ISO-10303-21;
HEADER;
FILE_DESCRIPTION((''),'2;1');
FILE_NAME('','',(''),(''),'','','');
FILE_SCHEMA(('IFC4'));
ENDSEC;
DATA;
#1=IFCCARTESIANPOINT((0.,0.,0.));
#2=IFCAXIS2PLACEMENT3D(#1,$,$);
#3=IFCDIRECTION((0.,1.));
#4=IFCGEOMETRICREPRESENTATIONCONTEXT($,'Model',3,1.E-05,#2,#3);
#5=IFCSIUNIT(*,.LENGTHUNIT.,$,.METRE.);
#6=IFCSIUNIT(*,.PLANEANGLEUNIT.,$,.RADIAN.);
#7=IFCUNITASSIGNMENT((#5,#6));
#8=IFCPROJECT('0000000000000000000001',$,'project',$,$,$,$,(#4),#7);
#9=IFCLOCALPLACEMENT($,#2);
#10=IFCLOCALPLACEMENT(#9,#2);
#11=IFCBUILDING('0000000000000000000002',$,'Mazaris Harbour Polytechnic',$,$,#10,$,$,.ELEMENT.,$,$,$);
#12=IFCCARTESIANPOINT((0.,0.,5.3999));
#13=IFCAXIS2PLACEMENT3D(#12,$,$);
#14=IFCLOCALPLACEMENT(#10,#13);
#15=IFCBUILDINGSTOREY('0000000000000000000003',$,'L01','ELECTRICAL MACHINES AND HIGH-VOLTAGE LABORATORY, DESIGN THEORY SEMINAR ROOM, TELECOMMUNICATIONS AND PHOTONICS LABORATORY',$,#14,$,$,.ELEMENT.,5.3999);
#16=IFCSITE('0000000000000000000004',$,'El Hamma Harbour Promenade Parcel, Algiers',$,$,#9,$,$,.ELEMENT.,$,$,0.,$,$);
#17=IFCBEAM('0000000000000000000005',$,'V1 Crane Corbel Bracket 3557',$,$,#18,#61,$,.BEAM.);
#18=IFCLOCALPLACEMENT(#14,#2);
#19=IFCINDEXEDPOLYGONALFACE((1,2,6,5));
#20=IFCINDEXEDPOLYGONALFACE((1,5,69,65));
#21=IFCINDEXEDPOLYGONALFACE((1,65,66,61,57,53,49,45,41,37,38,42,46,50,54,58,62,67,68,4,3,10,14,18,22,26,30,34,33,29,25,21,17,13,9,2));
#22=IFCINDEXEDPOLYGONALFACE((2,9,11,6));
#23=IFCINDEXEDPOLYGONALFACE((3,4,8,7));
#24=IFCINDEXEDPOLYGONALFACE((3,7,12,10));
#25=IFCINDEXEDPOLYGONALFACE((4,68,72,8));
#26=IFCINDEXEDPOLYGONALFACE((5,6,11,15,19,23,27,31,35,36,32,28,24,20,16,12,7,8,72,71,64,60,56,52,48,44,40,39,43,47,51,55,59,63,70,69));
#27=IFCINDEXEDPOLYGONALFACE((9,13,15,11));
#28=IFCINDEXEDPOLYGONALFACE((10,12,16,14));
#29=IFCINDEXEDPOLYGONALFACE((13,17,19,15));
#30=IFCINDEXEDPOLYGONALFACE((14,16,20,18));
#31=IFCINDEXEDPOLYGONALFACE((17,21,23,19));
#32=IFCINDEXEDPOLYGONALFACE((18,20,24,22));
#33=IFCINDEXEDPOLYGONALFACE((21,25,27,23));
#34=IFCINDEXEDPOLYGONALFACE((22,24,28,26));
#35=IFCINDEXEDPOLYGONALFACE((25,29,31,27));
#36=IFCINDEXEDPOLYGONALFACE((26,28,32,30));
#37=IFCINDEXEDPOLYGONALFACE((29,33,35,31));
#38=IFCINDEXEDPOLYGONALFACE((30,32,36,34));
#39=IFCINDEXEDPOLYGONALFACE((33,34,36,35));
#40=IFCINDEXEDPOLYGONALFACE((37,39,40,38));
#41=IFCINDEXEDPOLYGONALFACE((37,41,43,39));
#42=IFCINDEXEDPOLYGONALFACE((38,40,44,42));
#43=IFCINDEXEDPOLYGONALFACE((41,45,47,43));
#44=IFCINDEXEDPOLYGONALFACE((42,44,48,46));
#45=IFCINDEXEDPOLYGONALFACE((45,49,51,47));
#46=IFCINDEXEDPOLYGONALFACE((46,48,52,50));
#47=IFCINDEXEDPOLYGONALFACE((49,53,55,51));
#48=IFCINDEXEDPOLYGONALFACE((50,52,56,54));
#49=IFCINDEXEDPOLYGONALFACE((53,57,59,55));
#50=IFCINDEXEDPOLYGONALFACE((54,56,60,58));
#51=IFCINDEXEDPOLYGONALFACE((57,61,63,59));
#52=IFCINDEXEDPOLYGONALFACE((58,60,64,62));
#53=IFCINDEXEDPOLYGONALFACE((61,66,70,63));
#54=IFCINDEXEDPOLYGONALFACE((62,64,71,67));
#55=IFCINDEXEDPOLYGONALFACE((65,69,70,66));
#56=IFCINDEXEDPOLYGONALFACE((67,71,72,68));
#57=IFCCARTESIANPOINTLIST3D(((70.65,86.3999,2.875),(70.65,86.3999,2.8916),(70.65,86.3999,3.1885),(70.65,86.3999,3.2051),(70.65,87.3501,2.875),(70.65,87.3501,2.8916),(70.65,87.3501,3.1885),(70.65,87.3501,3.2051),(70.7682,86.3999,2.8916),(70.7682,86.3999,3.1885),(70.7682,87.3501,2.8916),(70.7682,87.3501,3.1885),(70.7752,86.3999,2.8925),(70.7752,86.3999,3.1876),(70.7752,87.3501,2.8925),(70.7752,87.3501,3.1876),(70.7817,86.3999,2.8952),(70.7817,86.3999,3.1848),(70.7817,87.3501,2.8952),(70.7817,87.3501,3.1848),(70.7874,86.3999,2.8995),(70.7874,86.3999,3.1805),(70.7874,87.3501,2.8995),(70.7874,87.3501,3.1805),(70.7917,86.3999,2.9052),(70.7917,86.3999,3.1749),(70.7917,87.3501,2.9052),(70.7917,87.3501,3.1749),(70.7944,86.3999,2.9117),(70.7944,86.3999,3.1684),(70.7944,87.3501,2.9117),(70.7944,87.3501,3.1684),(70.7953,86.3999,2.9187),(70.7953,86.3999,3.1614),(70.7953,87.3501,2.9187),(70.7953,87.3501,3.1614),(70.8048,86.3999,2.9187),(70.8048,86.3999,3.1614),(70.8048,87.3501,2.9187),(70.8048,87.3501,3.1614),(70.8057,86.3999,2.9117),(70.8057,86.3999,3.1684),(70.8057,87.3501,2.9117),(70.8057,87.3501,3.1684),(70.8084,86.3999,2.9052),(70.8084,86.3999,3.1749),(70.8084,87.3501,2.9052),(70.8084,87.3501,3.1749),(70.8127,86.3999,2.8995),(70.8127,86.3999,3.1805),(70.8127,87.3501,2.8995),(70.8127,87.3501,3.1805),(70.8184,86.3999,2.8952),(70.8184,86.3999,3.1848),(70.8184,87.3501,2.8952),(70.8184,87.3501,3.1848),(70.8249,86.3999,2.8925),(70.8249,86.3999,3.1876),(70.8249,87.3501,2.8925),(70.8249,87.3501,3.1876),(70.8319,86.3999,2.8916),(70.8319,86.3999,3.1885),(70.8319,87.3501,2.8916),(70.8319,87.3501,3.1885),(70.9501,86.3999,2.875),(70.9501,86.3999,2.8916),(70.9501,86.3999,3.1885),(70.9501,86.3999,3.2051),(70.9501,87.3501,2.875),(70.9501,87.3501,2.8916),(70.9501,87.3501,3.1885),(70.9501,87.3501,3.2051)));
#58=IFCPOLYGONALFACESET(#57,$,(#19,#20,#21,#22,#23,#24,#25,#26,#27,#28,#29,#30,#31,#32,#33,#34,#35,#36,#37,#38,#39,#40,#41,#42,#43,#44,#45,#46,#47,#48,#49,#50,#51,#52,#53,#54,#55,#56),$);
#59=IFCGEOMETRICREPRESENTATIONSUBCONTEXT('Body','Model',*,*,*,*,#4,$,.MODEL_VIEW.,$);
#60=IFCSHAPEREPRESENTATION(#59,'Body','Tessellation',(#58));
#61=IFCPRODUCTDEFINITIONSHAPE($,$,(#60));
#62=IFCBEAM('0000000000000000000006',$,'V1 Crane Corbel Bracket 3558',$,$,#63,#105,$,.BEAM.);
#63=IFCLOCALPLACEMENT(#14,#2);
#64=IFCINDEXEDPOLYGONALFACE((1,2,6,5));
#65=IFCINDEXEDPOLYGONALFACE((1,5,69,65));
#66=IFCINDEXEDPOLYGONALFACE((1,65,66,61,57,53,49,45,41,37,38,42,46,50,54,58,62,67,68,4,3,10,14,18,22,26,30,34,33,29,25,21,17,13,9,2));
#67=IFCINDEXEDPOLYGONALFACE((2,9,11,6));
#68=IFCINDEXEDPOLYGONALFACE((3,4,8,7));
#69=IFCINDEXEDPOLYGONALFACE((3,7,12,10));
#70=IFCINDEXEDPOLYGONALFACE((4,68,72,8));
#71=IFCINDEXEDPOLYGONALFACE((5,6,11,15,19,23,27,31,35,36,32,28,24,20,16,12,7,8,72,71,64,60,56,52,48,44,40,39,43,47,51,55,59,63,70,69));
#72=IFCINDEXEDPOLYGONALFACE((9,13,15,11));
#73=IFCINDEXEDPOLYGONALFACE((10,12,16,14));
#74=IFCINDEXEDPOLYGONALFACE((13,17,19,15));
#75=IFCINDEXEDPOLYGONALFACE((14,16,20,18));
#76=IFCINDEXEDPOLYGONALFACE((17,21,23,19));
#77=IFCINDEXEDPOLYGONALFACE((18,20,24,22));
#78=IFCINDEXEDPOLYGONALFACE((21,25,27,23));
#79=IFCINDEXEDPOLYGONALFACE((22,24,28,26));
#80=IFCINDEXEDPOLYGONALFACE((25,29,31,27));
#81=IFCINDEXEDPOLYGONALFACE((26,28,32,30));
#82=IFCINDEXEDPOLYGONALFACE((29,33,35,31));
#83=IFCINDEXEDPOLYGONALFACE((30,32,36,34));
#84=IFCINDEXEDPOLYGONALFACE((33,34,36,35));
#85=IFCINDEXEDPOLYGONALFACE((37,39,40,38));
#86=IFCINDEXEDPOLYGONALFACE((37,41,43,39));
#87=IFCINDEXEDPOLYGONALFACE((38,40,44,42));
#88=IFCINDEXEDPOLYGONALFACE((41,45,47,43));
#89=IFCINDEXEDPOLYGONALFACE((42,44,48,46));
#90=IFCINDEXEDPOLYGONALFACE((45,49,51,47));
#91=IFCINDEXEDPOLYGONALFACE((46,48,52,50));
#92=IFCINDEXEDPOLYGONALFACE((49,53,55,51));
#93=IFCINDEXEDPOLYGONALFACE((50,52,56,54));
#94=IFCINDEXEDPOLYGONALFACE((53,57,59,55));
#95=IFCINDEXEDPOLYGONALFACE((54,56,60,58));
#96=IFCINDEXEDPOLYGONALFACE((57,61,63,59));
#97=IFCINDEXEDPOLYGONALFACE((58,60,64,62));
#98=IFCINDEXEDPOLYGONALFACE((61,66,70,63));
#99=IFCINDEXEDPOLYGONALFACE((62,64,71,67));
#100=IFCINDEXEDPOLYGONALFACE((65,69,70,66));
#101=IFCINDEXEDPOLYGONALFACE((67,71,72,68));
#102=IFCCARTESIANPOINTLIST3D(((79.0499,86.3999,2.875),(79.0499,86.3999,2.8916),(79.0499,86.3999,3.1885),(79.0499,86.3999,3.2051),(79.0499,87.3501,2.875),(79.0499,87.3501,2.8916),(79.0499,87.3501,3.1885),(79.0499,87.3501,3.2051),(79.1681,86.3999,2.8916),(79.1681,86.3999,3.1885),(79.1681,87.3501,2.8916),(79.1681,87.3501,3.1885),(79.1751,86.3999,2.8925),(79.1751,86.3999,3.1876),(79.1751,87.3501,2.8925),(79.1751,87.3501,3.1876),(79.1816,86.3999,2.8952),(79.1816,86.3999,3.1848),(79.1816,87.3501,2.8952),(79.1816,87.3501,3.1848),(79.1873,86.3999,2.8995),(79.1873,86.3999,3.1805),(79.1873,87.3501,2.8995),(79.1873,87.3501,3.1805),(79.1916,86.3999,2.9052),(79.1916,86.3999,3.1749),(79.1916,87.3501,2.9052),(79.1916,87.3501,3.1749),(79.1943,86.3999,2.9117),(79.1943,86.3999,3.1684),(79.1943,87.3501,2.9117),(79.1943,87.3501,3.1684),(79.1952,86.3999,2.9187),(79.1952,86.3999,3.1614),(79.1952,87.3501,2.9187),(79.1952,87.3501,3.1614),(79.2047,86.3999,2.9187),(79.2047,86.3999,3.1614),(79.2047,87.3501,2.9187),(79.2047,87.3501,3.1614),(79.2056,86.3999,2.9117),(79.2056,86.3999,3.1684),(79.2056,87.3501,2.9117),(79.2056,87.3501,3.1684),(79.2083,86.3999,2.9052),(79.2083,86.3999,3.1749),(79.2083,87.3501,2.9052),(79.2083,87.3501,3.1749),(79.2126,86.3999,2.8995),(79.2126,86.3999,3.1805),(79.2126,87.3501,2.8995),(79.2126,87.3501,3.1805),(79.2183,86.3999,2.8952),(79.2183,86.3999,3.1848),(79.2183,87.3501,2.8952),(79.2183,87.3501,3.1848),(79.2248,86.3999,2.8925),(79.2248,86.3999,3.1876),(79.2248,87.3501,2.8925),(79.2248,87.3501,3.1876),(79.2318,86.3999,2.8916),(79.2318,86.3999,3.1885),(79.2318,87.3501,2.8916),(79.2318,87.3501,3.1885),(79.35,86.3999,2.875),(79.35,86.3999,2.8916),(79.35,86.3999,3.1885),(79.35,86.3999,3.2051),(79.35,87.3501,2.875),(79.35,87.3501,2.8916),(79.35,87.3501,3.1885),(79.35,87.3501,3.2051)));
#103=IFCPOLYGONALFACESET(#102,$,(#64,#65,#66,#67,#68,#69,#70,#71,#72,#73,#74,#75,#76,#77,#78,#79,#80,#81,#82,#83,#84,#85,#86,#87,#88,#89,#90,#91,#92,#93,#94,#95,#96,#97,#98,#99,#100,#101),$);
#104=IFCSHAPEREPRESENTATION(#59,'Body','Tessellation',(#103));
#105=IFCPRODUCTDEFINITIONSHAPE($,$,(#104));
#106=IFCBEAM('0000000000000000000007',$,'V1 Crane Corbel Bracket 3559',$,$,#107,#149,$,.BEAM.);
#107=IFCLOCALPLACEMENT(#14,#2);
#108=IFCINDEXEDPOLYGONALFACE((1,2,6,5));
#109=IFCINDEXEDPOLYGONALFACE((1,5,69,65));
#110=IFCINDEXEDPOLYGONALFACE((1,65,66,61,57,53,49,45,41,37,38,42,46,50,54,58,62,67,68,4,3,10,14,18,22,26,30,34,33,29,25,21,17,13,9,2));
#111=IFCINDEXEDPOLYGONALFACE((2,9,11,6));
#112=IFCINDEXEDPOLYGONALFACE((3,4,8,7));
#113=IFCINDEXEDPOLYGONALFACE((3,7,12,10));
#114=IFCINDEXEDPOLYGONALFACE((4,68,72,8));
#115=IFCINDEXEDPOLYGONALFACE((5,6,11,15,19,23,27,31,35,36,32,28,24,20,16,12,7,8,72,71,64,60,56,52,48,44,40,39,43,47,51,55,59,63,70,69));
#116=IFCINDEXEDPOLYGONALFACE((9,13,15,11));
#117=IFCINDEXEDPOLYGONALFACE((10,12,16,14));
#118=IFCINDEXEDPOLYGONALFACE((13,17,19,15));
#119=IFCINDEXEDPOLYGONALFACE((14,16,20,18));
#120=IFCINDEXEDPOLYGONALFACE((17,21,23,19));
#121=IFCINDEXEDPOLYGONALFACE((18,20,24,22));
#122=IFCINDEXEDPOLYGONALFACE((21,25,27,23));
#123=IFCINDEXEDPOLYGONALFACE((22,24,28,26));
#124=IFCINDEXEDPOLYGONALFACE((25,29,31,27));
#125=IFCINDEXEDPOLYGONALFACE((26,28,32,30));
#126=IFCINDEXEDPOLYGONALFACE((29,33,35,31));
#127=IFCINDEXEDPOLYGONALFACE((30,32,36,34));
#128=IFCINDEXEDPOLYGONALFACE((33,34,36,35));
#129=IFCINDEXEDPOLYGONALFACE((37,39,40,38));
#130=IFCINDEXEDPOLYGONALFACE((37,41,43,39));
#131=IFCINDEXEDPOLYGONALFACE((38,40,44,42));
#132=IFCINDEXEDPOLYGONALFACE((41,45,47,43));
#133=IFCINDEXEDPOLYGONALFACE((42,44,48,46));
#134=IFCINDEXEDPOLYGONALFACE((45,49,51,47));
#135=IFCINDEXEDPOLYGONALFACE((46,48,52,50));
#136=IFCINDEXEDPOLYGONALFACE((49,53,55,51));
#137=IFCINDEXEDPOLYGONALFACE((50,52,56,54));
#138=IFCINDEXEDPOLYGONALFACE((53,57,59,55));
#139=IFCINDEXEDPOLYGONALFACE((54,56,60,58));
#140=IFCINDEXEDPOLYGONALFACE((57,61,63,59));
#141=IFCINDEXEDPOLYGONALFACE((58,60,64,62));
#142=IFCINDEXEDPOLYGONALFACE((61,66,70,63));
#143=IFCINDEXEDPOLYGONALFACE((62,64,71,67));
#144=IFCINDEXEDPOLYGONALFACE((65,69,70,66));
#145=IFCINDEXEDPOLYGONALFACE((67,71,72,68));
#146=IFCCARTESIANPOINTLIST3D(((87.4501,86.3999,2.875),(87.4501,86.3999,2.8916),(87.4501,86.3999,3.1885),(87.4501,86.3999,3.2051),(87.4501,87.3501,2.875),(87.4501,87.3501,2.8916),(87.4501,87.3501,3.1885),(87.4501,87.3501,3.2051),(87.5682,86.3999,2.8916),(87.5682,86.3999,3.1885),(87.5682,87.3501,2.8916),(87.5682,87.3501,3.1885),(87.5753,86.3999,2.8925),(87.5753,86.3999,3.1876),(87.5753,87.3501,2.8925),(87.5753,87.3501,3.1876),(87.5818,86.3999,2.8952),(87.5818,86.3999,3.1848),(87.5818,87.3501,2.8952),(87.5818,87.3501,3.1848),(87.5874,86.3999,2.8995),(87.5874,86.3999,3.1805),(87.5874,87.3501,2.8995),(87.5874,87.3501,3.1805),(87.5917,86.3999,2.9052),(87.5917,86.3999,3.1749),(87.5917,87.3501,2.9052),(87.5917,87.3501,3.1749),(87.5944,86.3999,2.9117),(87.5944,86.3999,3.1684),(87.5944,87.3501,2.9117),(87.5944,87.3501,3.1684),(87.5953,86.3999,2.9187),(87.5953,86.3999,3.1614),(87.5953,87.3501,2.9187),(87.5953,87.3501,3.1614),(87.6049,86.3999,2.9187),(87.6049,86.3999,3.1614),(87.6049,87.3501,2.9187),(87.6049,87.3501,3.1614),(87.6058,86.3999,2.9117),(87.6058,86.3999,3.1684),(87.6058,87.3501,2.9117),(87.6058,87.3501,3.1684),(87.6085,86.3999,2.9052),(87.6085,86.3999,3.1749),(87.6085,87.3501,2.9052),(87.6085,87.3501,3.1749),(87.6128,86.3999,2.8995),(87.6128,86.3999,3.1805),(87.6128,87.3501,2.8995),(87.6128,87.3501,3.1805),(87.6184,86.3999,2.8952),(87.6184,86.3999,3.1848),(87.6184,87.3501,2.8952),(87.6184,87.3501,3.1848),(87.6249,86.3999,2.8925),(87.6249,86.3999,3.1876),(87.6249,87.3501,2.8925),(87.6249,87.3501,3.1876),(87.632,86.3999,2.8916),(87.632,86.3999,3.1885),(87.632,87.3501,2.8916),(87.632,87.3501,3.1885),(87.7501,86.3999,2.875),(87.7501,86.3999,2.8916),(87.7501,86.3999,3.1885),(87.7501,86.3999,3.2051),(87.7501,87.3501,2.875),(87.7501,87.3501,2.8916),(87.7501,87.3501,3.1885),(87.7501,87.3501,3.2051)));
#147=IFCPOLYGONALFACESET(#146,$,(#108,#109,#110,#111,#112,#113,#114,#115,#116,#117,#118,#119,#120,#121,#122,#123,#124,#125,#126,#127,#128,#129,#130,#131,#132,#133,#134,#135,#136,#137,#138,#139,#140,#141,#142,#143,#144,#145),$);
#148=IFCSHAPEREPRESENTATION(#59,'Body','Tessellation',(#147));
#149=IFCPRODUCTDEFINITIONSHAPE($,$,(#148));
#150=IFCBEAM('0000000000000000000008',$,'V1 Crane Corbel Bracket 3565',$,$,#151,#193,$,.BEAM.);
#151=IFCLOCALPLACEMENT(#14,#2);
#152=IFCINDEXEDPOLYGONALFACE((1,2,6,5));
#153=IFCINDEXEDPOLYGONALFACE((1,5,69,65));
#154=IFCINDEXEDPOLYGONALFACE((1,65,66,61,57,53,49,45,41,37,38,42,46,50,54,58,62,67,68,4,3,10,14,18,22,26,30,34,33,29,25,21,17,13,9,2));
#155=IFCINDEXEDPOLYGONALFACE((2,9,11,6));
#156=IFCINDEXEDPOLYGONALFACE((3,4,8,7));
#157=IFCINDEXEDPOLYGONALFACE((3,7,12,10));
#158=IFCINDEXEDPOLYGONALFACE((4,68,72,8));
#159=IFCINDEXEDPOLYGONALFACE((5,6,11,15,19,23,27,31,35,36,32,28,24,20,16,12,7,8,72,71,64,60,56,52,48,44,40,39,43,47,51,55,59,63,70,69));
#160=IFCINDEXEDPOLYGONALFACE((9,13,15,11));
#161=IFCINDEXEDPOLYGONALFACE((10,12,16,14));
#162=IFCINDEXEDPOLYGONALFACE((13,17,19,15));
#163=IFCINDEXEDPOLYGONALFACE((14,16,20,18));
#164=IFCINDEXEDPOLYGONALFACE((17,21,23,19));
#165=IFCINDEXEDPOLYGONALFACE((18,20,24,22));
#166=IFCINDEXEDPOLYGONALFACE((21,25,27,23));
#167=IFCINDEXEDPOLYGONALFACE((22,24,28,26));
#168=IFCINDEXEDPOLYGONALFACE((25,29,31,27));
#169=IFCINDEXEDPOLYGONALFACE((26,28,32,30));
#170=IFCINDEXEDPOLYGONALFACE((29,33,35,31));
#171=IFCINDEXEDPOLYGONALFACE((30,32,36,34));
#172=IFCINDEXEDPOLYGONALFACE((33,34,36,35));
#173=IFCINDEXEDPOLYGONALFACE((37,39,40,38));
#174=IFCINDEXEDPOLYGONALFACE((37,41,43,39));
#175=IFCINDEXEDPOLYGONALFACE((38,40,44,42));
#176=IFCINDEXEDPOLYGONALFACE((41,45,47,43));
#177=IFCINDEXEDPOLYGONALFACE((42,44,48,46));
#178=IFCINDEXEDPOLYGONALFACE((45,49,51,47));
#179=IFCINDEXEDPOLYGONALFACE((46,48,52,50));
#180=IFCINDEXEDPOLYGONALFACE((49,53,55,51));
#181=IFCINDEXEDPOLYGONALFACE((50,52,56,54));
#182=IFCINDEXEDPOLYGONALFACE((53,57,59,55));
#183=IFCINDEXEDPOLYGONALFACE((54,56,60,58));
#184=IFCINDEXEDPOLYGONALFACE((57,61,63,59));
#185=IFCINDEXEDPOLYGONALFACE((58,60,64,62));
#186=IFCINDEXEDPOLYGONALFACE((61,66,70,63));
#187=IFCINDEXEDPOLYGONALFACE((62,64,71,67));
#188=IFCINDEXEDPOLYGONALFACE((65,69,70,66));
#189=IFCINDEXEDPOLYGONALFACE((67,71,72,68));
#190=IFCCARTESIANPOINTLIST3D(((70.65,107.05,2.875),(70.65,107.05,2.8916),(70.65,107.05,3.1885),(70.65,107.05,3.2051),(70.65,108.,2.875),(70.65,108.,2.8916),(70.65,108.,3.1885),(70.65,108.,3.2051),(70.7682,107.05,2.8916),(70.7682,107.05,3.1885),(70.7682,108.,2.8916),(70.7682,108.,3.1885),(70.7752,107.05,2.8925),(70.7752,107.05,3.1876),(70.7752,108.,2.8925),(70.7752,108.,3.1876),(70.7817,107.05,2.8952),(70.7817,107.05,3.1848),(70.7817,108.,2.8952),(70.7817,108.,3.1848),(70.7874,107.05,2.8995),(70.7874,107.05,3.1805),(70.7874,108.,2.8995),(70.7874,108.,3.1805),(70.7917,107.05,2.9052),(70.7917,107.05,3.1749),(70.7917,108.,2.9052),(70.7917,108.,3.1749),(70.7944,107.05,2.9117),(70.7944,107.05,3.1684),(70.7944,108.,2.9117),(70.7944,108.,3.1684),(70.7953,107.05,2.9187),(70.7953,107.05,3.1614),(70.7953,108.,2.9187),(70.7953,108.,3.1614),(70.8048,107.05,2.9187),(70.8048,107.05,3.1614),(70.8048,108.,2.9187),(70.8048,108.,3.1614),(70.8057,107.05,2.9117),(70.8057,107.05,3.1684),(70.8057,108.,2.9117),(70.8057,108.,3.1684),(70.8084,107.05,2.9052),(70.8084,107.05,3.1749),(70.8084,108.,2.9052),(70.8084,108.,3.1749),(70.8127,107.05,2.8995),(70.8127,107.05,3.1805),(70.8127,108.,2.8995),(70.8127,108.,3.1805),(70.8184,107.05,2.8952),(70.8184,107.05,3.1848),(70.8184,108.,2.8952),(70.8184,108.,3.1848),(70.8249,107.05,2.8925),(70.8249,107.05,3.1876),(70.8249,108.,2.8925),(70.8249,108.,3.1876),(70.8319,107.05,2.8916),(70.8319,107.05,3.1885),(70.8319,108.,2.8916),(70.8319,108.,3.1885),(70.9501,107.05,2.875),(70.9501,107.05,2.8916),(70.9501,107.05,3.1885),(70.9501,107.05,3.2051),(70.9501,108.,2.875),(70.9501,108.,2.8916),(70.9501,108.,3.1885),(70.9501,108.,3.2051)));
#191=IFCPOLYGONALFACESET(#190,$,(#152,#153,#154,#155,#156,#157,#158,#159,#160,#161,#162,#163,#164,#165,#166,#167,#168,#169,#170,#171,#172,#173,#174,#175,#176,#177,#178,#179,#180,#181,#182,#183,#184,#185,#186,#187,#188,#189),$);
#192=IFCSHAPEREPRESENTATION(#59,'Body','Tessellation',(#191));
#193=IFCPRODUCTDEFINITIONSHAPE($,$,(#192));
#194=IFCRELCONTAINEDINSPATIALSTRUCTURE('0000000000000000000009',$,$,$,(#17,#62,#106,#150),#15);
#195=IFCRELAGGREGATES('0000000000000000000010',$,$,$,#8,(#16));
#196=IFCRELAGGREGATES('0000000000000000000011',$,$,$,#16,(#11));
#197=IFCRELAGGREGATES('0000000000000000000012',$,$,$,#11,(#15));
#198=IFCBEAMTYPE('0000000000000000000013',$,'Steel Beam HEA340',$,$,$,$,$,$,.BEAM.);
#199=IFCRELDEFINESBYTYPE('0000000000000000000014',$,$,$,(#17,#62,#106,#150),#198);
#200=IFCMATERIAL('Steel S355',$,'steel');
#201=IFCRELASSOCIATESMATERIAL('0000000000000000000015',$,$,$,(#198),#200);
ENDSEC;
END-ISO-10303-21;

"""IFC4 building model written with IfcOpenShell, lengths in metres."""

from ifc_helpers import new_model, si_unit, direction, frame, origin, origin_2d, place, context, subcontext, project, spatial, i_section, extrude, material, material_profile, profile_set, type_object, element, save


model = new_model("IFC4")

# Units and contexts
model_context = context("Model", 3, precision=1e-05, world=origin(), true_north=direction((0.0, 1.0)))
body_context = subcontext(model_context, "Body", "Model", "MODEL_VIEW")
ifc_project = project(units=[si_unit("LENGTHUNIT", "METRE"), si_unit("PLANEANGLEUNIT", "RADIAN")], contexts=[model_context])

# Site, building, storey
site_placement = place(None, origin())
site = spatial("IfcSite", under=ifc_project, at=site_placement, Name="El Hamma Harbour Promenade Parcel, Algiers", CompositionType="ELEMENT", RefElevation=0.0)
building_placement = place(site_placement, origin())
building = spatial("IfcBuilding", under=site, at=building_placement, Name="Mazaris Harbour Polytechnic", CompositionType="ELEMENT")
storey_placement = place(building_placement, frame((0.0, 0.0, 5.3999)))
storey = spatial("IfcBuildingStorey", under=building, at=storey_placement, Name="L01", Description="ELECTRICAL MACHINES AND HIGH-VOLTAGE LABORATORY, DESIGN THEORY SEMINAR ROOM, TELECOMMUNICATIONS AND PHOTONICS LABORATORY", CompositionType="ELEMENT", Elevation=5.3999)

# Beams
ifc_material_1 = material(Name="Steel S355", Category="steel")
ifc_material_profile_1 = material_profile(ifc_material_1, i_section(OverallWidth=0.3, OverallDepth=0.3301, WebThickness=0.0095, FlangeThickness=0.0166, FilletRadius=0.0271, at=origin_2d()), Name="HEA 340")
ifc_profile_set_1 = profile_set([ifc_material_profile_1], Name="Steel S355")
beam_type_1 = type_object("IfcBeamType", Name="Steel Beam HEA340", PredefinedType="BEAM", material=ifc_profile_set_1)
for number, where, z_axis, x_axis, name in (
    (1, (70.8, 86.3999, 3.04), (0.0, 1.0, 0.0), (-1.0, 0.0, 0.0), "V1 Crane Corbel Bracket 3557"),
    (2, (79.2, 86.3999, 3.04), (0.0, 1.0, 0.0), (-1.0, 0.0, 0.0), "V1 Crane Corbel Bracket 3558"),
    (3, (87.6001, 86.3999, 3.04), (0.0, 1.0, 0.0), (-1.0, 0.0, 0.0), "V1 Crane Corbel Bracket 3559"),
):
    element("IfcBeam", number, at=place(storey_placement, frame(where, z_axis=z_axis, x_axis=x_axis)), inside=storey, type_object=beam_type_1, Name=name, PredefinedType="BEAM", context=body_context, shape_type="SweptSolid", body=[
        extrude(i_section(OverallWidth=0.3, OverallDepth=0.3301, WebThickness=0.0095, FlangeThickness=0.0166, FilletRadius=0.0271, at=origin_2d()), origin(), (0.0, 0.0, 1.0), 0.9502),
    ])
beam_1_placement = place(storey_placement, frame((70.8, 108.0, 3.04), z_axis=(0.0, -1.0, 0.0), x_axis=(1.0, 0.0, 0.0)))
element("IfcBeam", 4, at=beam_1_placement, inside=storey, type_object=beam_type_1, Name="V1 Crane Corbel Bracket 3565", PredefinedType="BEAM", context=body_context, shape_type="SweptSolid", body=[
    extrude(i_section(OverallWidth=0.3, OverallDepth=0.3301, WebThickness=0.0095, FlangeThickness=0.0166, FilletRadius=0.0271, at=origin_2d()), origin(), (0.0, 0.0, 1.0), 0.95),
])

save(model, "model.ifc")
